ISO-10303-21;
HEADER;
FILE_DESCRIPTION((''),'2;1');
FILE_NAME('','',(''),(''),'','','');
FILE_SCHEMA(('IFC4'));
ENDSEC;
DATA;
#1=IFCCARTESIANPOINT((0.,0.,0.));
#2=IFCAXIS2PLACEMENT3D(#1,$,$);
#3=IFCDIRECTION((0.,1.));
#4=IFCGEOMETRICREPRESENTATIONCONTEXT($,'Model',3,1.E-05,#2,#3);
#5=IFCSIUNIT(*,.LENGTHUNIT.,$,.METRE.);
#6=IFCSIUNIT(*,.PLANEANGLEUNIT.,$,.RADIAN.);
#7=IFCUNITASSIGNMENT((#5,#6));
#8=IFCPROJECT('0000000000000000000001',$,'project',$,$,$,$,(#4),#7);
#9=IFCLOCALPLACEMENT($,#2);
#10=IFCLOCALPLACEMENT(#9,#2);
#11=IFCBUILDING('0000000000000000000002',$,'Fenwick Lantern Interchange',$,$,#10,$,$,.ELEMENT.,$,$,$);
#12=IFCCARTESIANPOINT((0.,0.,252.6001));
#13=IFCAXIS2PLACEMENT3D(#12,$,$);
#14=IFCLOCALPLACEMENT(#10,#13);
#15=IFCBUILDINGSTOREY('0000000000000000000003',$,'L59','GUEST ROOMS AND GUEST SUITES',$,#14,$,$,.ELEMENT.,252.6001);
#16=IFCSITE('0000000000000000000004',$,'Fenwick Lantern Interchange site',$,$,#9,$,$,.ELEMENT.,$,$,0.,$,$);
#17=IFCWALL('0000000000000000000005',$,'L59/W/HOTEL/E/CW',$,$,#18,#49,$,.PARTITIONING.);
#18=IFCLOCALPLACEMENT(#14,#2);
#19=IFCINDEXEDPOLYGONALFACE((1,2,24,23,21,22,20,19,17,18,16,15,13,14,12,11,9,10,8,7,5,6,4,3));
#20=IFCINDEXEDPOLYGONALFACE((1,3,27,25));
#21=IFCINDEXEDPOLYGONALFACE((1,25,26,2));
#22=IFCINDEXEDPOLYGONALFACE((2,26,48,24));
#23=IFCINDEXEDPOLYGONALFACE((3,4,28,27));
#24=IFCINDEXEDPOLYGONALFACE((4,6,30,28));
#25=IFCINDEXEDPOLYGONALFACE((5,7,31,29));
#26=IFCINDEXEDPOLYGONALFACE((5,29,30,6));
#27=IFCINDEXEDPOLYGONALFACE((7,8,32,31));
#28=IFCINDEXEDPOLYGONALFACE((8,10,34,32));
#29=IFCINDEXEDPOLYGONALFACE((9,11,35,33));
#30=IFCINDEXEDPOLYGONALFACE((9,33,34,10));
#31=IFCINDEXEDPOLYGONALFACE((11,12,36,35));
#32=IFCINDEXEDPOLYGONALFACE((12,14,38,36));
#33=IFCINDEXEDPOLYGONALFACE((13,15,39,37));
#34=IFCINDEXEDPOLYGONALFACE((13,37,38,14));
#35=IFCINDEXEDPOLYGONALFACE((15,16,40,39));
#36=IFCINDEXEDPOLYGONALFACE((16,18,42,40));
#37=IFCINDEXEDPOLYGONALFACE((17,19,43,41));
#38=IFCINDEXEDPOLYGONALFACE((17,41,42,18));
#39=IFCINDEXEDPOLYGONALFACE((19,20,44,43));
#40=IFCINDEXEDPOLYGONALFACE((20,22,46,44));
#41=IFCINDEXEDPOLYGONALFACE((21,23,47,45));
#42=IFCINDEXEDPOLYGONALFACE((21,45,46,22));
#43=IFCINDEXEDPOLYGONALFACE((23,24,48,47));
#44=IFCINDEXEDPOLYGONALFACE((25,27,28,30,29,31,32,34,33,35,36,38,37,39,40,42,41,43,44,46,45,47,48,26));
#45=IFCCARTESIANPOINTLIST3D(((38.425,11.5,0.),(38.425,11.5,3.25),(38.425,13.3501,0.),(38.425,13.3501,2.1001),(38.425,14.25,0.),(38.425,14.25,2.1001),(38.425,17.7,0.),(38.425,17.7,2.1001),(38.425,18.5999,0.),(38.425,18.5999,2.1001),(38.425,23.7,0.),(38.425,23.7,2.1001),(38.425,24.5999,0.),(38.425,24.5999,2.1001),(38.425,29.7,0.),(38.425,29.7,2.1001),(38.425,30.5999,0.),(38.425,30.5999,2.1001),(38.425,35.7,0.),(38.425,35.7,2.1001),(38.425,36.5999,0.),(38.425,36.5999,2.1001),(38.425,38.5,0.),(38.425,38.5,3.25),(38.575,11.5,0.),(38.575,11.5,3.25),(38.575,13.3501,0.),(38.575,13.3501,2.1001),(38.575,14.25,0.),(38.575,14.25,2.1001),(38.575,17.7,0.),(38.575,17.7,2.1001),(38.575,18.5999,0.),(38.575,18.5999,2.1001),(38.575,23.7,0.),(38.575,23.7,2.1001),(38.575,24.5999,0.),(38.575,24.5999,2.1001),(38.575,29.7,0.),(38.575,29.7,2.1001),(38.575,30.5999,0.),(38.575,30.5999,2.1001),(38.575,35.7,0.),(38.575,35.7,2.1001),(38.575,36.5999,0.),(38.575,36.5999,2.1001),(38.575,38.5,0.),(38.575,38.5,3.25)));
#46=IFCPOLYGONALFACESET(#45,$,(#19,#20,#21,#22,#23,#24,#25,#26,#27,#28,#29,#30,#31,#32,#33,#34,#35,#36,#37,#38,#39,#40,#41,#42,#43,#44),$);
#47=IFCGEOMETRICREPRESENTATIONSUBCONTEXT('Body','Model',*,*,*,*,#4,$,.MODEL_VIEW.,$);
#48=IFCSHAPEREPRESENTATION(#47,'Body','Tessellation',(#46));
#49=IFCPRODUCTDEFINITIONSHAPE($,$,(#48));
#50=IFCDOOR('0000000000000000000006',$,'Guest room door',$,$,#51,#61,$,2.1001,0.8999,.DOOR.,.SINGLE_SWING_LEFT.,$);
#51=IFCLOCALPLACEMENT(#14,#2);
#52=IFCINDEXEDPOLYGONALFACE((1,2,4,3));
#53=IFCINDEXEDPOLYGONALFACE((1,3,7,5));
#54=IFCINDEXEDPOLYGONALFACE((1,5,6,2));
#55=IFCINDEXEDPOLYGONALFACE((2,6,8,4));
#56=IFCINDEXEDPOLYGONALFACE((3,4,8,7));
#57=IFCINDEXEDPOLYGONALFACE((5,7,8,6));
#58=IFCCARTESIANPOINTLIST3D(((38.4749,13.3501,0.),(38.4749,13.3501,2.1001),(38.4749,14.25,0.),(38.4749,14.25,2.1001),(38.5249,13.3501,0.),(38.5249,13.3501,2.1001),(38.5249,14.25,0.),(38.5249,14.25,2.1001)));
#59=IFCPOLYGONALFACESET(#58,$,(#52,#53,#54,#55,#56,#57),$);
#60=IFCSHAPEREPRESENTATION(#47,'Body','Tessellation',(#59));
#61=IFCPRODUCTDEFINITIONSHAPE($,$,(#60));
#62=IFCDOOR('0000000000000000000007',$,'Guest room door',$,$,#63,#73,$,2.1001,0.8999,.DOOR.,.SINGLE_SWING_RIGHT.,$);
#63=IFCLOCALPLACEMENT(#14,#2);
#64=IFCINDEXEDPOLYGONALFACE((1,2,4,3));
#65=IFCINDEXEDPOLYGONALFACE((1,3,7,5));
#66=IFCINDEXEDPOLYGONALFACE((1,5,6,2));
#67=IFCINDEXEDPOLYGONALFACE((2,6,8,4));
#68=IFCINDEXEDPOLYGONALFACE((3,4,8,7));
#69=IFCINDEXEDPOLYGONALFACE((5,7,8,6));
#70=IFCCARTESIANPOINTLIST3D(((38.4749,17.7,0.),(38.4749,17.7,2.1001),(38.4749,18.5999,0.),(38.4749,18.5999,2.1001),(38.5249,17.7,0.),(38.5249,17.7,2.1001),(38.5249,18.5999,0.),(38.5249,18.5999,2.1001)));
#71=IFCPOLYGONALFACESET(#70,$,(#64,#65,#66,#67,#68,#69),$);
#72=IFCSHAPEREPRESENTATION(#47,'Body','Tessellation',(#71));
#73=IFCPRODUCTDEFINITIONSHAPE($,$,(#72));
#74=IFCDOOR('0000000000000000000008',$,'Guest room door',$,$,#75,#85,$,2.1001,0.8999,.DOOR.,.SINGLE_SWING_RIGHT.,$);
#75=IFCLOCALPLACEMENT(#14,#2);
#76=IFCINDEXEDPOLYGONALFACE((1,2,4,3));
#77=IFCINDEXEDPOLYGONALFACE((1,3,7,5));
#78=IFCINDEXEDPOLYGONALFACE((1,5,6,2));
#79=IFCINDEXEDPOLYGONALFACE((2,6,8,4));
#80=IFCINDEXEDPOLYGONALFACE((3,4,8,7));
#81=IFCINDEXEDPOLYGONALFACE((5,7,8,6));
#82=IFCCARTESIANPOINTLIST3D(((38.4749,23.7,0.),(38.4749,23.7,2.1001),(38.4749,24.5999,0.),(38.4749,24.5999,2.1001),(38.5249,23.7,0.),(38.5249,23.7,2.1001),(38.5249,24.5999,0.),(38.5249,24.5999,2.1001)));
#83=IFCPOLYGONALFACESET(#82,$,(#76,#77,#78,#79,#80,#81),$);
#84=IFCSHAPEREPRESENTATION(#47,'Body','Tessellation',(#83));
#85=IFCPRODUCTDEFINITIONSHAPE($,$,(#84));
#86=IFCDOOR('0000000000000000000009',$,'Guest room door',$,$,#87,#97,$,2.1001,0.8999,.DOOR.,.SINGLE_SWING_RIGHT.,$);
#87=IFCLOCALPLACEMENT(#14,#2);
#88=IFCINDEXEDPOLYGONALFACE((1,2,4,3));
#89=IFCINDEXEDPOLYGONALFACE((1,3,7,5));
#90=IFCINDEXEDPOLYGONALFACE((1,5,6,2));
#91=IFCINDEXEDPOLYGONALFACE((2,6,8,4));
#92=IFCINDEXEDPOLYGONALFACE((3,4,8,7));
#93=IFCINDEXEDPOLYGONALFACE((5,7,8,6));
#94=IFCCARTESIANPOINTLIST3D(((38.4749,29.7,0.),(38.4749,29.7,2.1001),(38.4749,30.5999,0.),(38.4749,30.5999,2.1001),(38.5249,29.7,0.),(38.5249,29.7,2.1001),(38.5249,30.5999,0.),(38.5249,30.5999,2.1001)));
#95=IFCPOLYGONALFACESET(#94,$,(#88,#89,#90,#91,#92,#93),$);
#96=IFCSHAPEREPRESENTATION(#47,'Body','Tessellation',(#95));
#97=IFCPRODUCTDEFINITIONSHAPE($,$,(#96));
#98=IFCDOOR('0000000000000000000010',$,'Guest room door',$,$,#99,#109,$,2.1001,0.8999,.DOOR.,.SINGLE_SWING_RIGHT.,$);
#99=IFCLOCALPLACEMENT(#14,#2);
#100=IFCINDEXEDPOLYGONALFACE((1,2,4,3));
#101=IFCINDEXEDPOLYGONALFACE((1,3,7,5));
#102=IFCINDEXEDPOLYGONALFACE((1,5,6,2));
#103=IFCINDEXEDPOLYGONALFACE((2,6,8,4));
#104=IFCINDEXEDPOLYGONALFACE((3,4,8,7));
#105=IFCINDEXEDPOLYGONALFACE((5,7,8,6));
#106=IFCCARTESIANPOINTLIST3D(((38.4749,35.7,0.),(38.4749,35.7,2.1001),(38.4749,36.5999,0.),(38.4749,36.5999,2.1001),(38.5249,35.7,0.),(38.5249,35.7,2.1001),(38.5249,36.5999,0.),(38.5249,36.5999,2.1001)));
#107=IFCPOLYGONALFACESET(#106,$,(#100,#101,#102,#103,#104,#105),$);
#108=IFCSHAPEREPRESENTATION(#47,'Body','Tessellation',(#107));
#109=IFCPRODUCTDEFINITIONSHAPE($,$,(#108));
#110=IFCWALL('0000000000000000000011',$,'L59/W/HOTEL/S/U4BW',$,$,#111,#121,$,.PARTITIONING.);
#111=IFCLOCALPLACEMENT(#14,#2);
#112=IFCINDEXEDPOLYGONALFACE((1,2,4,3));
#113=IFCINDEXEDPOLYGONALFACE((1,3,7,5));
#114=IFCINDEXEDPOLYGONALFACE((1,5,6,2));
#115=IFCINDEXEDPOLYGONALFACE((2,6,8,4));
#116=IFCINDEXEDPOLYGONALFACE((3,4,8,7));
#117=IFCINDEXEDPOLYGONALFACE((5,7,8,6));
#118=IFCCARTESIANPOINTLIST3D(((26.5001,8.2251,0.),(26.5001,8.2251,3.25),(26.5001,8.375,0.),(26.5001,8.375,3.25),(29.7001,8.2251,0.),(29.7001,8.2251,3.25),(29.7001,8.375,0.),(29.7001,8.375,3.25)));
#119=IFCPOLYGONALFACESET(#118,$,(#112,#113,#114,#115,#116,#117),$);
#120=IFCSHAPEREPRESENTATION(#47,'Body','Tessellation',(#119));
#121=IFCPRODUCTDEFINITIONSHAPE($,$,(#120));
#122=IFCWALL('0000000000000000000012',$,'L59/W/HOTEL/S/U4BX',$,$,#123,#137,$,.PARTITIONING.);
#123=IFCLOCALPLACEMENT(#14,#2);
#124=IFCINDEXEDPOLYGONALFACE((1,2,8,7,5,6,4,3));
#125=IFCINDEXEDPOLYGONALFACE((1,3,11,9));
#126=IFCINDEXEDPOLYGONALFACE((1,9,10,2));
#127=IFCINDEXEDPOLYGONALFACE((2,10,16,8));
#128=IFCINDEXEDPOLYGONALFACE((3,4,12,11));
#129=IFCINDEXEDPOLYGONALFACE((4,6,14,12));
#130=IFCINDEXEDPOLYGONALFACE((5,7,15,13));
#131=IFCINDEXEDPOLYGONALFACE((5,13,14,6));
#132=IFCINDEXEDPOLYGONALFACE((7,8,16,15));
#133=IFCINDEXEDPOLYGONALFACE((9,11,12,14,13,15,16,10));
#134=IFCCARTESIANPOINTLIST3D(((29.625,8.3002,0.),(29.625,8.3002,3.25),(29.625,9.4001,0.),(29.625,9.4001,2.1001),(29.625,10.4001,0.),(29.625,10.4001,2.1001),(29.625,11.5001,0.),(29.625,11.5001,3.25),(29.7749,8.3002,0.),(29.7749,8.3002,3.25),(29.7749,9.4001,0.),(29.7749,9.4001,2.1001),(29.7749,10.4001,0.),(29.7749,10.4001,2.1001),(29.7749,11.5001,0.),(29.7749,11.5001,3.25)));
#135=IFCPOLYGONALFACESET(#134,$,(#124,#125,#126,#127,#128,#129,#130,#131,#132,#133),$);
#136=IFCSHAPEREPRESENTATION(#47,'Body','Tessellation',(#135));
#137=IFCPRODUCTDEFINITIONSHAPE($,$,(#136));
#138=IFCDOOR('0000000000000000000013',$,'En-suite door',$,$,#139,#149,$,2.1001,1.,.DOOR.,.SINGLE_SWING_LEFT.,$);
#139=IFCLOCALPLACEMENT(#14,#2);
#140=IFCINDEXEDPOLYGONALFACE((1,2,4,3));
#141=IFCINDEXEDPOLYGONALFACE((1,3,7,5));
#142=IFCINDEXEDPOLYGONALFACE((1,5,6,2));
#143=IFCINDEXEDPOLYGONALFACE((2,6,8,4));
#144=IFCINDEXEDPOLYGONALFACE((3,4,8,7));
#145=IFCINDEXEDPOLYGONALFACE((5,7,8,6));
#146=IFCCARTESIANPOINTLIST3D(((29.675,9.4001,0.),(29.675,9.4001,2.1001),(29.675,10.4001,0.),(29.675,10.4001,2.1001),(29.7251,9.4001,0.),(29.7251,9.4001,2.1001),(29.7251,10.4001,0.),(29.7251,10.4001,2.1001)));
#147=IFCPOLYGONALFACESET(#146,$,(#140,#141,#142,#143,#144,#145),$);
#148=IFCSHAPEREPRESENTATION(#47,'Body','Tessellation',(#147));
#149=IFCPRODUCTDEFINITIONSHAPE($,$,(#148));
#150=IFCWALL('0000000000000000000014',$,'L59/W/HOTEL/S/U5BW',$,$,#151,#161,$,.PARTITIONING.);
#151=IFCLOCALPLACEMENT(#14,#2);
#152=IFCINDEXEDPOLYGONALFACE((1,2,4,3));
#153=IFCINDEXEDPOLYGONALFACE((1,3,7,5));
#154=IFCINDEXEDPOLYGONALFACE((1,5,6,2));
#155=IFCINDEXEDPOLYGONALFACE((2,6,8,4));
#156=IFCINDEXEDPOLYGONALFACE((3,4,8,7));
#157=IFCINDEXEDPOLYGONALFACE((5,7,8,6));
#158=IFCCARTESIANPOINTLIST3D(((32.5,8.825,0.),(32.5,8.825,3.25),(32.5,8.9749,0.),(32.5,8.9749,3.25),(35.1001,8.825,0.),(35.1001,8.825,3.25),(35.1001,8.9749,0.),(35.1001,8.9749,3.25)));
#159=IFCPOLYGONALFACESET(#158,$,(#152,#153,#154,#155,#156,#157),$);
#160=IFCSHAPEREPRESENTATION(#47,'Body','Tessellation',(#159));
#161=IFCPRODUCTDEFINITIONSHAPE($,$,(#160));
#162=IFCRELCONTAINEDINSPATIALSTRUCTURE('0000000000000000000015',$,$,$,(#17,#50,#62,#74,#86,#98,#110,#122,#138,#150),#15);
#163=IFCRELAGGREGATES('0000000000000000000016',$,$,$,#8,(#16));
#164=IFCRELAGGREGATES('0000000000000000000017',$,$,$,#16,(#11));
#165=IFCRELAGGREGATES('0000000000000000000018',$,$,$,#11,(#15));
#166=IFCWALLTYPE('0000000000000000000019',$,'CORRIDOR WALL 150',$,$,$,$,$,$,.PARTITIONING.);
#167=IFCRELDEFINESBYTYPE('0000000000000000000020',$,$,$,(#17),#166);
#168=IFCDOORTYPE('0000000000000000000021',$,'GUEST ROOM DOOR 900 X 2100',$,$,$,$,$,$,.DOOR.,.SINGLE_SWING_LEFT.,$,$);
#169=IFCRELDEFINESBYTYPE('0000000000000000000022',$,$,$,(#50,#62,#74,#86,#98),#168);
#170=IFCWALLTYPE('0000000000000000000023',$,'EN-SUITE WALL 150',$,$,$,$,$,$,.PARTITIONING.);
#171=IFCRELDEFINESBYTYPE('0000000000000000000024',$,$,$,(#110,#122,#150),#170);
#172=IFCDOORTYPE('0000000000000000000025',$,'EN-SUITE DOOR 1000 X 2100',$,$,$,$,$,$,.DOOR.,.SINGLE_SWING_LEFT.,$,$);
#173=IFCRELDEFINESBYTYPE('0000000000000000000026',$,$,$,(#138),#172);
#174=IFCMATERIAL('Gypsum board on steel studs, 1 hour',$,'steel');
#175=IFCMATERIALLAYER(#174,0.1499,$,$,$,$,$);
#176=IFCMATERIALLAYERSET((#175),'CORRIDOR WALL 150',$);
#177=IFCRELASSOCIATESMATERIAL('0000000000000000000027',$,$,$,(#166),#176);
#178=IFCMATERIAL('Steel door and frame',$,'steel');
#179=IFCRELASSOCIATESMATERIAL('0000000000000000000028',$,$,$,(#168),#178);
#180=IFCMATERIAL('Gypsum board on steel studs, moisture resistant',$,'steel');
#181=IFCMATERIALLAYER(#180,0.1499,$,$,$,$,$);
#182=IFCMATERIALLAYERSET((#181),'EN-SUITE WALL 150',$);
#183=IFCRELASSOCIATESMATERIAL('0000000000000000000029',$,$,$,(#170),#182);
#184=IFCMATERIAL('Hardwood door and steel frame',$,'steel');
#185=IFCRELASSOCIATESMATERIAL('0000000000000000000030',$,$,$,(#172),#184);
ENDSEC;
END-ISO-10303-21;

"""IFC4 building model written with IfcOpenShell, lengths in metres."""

from ifc_helpers import new_model, si_unit, direction, frame, frame_2d, origin, place, context, subcontext, project, spatial, rectangle, extrude, material, layer, layer_set, type_object, element, fill, save


model = new_model("IFC4")

# Units and contexts
model_context = context("Model", 3, precision=1e-05, world=origin(), true_north=direction((0.0, 1.0)))
body_context = subcontext(model_context, "Body", "Model", "MODEL_VIEW")
ifc_project = project(units=[si_unit("LENGTHUNIT", "METRE"), si_unit("PLANEANGLEUNIT", "RADIAN")], contexts=[model_context])

# Site, building, storey
site_placement = place(None, origin())
site = spatial("IfcSite", under=ifc_project, at=site_placement, Name="Fenwick Lantern Interchange site", CompositionType="ELEMENT", RefElevation=0.0)
building_placement = place(site_placement, origin())
building = spatial("IfcBuilding", under=site, at=building_placement, Name="Fenwick Lantern Interchange", CompositionType="ELEMENT")
storey_placement = place(building_placement, frame((0.0, 0.0, 252.6001)))
storey = spatial("IfcBuildingStorey", under=building, at=storey_placement, Name="L59", Description="GUEST ROOMS AND GUEST SUITES", CompositionType="ELEMENT", Elevation=252.6001)

# Shared definitions
ifc_material_1 = material(Name="Steel door and frame", Category="steel")

# Wall, openings, doors
ifc_material_2 = material(Name="Gypsum board on steel studs, 1 hour", Category="steel")
ifc_layer_1 = layer(ifc_material_2, 0.1499)
ifc_layer_set_1 = layer_set([ifc_layer_1], Name="CORRIDOR WALL 150")
wall_type_1 = type_object("IfcWallType", Name="CORRIDOR WALL 150", PredefinedType="PARTITIONING", material=ifc_layer_set_1)
wall_1_placement = place(storey_placement, frame((38.5, 11.5, 0.0), z_axis=(0.0, 0.0, 1.0), x_axis=(0.0, 1.0, 0.0)))
wall_1 = element("IfcWall", 1, at=wall_1_placement, inside=storey, type_object=wall_type_1, Name="L59/W/HOTEL/E/CW", PredefinedType="PARTITIONING", context=body_context, shape_type="SweptSolid", body=[
    extrude(rectangle(XDim=27.0, YDim=0.1499, at=frame_2d((13.5, 0.0))), origin(), (0.0, 0.0, 1.0), 3.25),
])
opening_1_placement = place(wall_1_placement, frame((1.8501, 0.0, 0.0)))
opening_1 = element("IfcOpeningElement", 2, at=opening_1_placement, cuts=wall_1, PredefinedType="OPENING", context=body_context, shape_type="SweptSolid", body=[
    extrude(rectangle(XDim=0.8999, YDim=2.1001, at=frame_2d((0.45, 1.05))), frame((0.0, 0.085, 0.0), z_axis=(0.0, -1.0, 0.0), x_axis=(1.0, 0.0, 0.0)), (0.0, 0.0, 1.0), 0.1699),
])
opening_2_placement = place(wall_1_placement, frame((6.2, 0.0, 0.0)))
opening_2 = element("IfcOpeningElement", 3, at=opening_2_placement, cuts=wall_1, PredefinedType="OPENING", context=body_context, shape_type="SweptSolid", body=[
    extrude(rectangle(XDim=0.8999, YDim=2.1001, at=frame_2d((0.45, 1.05))), frame((0.0, 0.085, 0.0), z_axis=(0.0, -1.0, 0.0), x_axis=(1.0, 0.0, 0.0)), (0.0, 0.0, 1.0), 0.1699),
])
opening_3_placement = place(wall_1_placement, frame((12.2, 0.0, 0.0)))
opening_3 = element("IfcOpeningElement", 4, at=opening_3_placement, cuts=wall_1, PredefinedType="OPENING", context=body_context, shape_type="SweptSolid", body=[
    extrude(rectangle(XDim=0.8999, YDim=2.1001, at=frame_2d((0.45, 1.05))), frame((0.0, 0.085, 0.0), z_axis=(0.0, -1.0, 0.0), x_axis=(1.0, 0.0, 0.0)), (0.0, 0.0, 1.0), 0.1699),
])
opening_4_placement = place(wall_1_placement, frame((18.2, 0.0, 0.0)))
opening_4 = element("IfcOpeningElement", 5, at=opening_4_placement, cuts=wall_1, PredefinedType="OPENING", context=body_context, shape_type="SweptSolid", body=[
    extrude(rectangle(XDim=0.8999, YDim=2.1001, at=frame_2d((0.45, 1.05))), frame((0.0, 0.085, 0.0), z_axis=(0.0, -1.0, 0.0), x_axis=(1.0, 0.0, 0.0)), (0.0, 0.0, 1.0), 0.1699),
])
opening_5_placement = place(wall_1_placement, frame((24.2, 0.0, 0.0)))
opening_5 = element("IfcOpeningElement", 6, at=opening_5_placement, cuts=wall_1, PredefinedType="OPENING", context=body_context, shape_type="SweptSolid", body=[
    extrude(rectangle(XDim=0.8999, YDim=2.1001, at=frame_2d((0.45, 1.05))), frame((0.0, 0.085, 0.0), z_axis=(0.0, -1.0, 0.0), x_axis=(1.0, 0.0, 0.0)), (0.0, 0.0, 1.0), 0.1699),
])
door_type_1 = type_object("IfcDoorType", Name="GUEST ROOM DOOR 900 X 2100", OperationType="SINGLE_SWING_LEFT", PredefinedType="DOOR", material=ifc_material_1)
door_1_placement = place(opening_1_placement, frame((0.8999, 0.0, 0.0), z_axis=(0.0, 0.0, 1.0), x_axis=(-1.0, 0.0, 0.0)))
door_1 = element("IfcDoor", 7, at=door_1_placement, inside=storey, type_object=door_type_1, Name="Guest room door", OperationType="SINGLE_SWING_LEFT", OverallHeight=2.1001, OverallWidth=0.8999, PredefinedType="DOOR", context=body_context, shape_type="SweptSolid", body=[
    extrude(rectangle(XDim=0.8999, YDim=2.1001, at=frame_2d((0.45, 1.05))), frame((0.0, 0.0249, 0.0), z_axis=(0.0, -1.0, 0.0), x_axis=(1.0, 0.0, 0.0)), (0.0, 0.0, 1.0), 0.05),
])
fill(opening_1, door_1)
door_2_placement = place(opening_2_placement, frame((0.8999, 0.0, 0.0), z_axis=(0.0, 0.0, 1.0), x_axis=(-1.0, 0.0, 0.0)))
door_2 = element("IfcDoor", 8, at=door_2_placement, inside=storey, type_object=door_type_1, Name="Guest room door", OperationType="SINGLE_SWING_RIGHT", OverallHeight=2.1001, OverallWidth=0.8999, PredefinedType="DOOR", context=body_context, shape_type="SweptSolid", body=[
    extrude(rectangle(XDim=0.8999, YDim=2.1001, at=frame_2d((0.45, 1.05))), frame((0.0, 0.0249, 0.0), z_axis=(0.0, -1.0, 0.0), x_axis=(1.0, 0.0, 0.0)), (0.0, 0.0, 1.0), 0.05),
])
fill(opening_2, door_2)
door_3_placement = place(opening_3_placement, frame((0.8999, 0.0, 0.0), z_axis=(0.0, 0.0, 1.0), x_axis=(-1.0, 0.0, 0.0)))
door_3 = element("IfcDoor", 9, at=door_3_placement, inside=storey, type_object=door_type_1, Name="Guest room door", OperationType="SINGLE_SWING_RIGHT", OverallHeight=2.1001, OverallWidth=0.8999, PredefinedType="DOOR", context=body_context, shape_type="SweptSolid", body=[
    extrude(rectangle(XDim=0.8999, YDim=2.1001, at=frame_2d((0.45, 1.05))), frame((0.0, 0.0249, 0.0), z_axis=(0.0, -1.0, 0.0), x_axis=(1.0, 0.0, 0.0)), (0.0, 0.0, 1.0), 0.05),
])
fill(opening_3, door_3)
door_4_placement = place(opening_4_placement, frame((0.8999, 0.0, 0.0), z_axis=(0.0, 0.0, 1.0), x_axis=(-1.0, 0.0, 0.0)))
door_4 = element("IfcDoor", 10, at=door_4_placement, inside=storey, type_object=door_type_1, Name="Guest room door", OperationType="SINGLE_SWING_RIGHT", OverallHeight=2.1001, OverallWidth=0.8999, PredefinedType="DOOR", context=body_context, shape_type="SweptSolid", body=[
    extrude(rectangle(XDim=0.8999, YDim=2.1001, at=frame_2d((0.45, 1.05))), frame((0.0, 0.0249, 0.0), z_axis=(0.0, -1.0, 0.0), x_axis=(1.0, 0.0, 0.0)), (0.0, 0.0, 1.0), 0.05),
])
fill(opening_4, door_4)
door_5_placement = place(opening_5_placement, frame((0.8999, 0.0, 0.0), z_axis=(0.0, 0.0, 1.0), x_axis=(-1.0, 0.0, 0.0)))
door_5 = element("IfcDoor", 11, at=door_5_placement, inside=storey, type_object=door_type_1, Name="Guest room door", OperationType="SINGLE_SWING_RIGHT", OverallHeight=2.1001, OverallWidth=0.8999, PredefinedType="DOOR", context=body_context, shape_type="SweptSolid", body=[
    extrude(rectangle(XDim=0.8999, YDim=2.1001, at=frame_2d((0.45, 1.05))), frame((0.0, 0.0249, 0.0), z_axis=(0.0, -1.0, 0.0), x_axis=(1.0, 0.0, 0.0)), (0.0, 0.0, 1.0), 0.05),
])
fill(opening_5, door_5)

# Wall
ifc_material_3 = material(Name="Gypsum board on steel studs, moisture resistant", Category="steel")
ifc_layer_2 = layer(ifc_material_3, 0.1499)
ifc_layer_set_2 = layer_set([ifc_layer_2], Name="EN-SUITE WALL 150")
wall_type_2 = type_object("IfcWallType", Name="EN-SUITE WALL 150", PredefinedType="PARTITIONING", material=ifc_layer_set_2)
wall_2_placement = place(storey_placement, frame((26.5, 8.3, 0.0), z_axis=(0.0, 0.0, 1.0), x_axis=(1.0, 0.0, 0.0)))
element("IfcWall", 12, at=wall_2_placement, inside=storey, type_object=wall_type_2, Name="L59/W/HOTEL/S/U4BW", PredefinedType="PARTITIONING", context=body_context, shape_type="SweptSolid", body=[
    extrude(rectangle(XDim=3.2, YDim=0.1499, at=frame_2d((1.6001, 0.0))), origin(), (0.0, 0.0, 1.0), 3.25),
])

# Wall, opening, door
wall_3_placement = place(storey_placement, frame((29.7, 8.3, 0.0), z_axis=(0.0, 0.0, 1.0), x_axis=(0.0, 1.0, 0.0)))
wall_3 = element("IfcWall", 13, at=wall_3_placement, inside=storey, type_object=wall_type_2, Name="L59/W/HOTEL/S/U4BX", PredefinedType="PARTITIONING", context=body_context, shape_type="SweptSolid", body=[
    extrude(rectangle(XDim=3.2, YDim=0.1499, at=frame_2d((1.6001, 0.0))), origin(), (0.0, 0.0, 1.0), 3.25),
])
opening_6_placement = place(wall_3_placement, frame((1.1001, 0.0, 0.0)))
opening_6 = element("IfcOpeningElement", 14, at=opening_6_placement, cuts=wall_3, PredefinedType="OPENING", context=body_context, shape_type="SweptSolid", body=[
    extrude(rectangle(XDim=1.0, YDim=2.1001, at=frame_2d((0.5, 1.05))), frame((0.0, 0.085, 0.0), z_axis=(0.0, -1.0, 0.0), x_axis=(1.0, 0.0, 0.0)), (0.0, 0.0, 1.0), 0.1699),
])
ifc_material_4 = material(Name="Hardwood door and steel frame", Category="steel")
door_type_2 = type_object("IfcDoorType", Name="EN-SUITE DOOR 1000 X 2100", OperationType="SINGLE_SWING_LEFT", PredefinedType="DOOR", material=ifc_material_4)
door_6_placement = place(opening_6_placement, origin())
door_6 = element("IfcDoor", 15, at=door_6_placement, inside=storey, type_object=door_type_2, Name="En-suite door", OperationType="SINGLE_SWING_LEFT", OverallHeight=2.1001, OverallWidth=1.0, PredefinedType="DOOR", context=body_context, shape_type="SweptSolid", body=[
    extrude(rectangle(XDim=1.0, YDim=2.1001, at=frame_2d((0.5, 1.05))), frame((0.0, 0.0249, 0.0), z_axis=(0.0, -1.0, 0.0), x_axis=(1.0, 0.0, 0.0)), (0.0, 0.0, 1.0), 0.05),
])
fill(opening_6, door_6)

# Wall
wall_4_placement = place(storey_placement, frame((32.5, 8.8999, 0.0), z_axis=(0.0, 0.0, 1.0), x_axis=(1.0, 0.0, 0.0)))
element("IfcWall", 16, at=wall_4_placement, inside=storey, type_object=wall_type_2, Name="L59/W/HOTEL/S/U5BW", PredefinedType="PARTITIONING", context=body_context, shape_type="SweptSolid", body=[
    extrude(rectangle(XDim=2.6001, YDim=0.1499, at=frame_2d((1.3, 0.0))), origin(), (0.0, 0.0, 1.0), 3.25),
])

save(model, "model.ifc")
